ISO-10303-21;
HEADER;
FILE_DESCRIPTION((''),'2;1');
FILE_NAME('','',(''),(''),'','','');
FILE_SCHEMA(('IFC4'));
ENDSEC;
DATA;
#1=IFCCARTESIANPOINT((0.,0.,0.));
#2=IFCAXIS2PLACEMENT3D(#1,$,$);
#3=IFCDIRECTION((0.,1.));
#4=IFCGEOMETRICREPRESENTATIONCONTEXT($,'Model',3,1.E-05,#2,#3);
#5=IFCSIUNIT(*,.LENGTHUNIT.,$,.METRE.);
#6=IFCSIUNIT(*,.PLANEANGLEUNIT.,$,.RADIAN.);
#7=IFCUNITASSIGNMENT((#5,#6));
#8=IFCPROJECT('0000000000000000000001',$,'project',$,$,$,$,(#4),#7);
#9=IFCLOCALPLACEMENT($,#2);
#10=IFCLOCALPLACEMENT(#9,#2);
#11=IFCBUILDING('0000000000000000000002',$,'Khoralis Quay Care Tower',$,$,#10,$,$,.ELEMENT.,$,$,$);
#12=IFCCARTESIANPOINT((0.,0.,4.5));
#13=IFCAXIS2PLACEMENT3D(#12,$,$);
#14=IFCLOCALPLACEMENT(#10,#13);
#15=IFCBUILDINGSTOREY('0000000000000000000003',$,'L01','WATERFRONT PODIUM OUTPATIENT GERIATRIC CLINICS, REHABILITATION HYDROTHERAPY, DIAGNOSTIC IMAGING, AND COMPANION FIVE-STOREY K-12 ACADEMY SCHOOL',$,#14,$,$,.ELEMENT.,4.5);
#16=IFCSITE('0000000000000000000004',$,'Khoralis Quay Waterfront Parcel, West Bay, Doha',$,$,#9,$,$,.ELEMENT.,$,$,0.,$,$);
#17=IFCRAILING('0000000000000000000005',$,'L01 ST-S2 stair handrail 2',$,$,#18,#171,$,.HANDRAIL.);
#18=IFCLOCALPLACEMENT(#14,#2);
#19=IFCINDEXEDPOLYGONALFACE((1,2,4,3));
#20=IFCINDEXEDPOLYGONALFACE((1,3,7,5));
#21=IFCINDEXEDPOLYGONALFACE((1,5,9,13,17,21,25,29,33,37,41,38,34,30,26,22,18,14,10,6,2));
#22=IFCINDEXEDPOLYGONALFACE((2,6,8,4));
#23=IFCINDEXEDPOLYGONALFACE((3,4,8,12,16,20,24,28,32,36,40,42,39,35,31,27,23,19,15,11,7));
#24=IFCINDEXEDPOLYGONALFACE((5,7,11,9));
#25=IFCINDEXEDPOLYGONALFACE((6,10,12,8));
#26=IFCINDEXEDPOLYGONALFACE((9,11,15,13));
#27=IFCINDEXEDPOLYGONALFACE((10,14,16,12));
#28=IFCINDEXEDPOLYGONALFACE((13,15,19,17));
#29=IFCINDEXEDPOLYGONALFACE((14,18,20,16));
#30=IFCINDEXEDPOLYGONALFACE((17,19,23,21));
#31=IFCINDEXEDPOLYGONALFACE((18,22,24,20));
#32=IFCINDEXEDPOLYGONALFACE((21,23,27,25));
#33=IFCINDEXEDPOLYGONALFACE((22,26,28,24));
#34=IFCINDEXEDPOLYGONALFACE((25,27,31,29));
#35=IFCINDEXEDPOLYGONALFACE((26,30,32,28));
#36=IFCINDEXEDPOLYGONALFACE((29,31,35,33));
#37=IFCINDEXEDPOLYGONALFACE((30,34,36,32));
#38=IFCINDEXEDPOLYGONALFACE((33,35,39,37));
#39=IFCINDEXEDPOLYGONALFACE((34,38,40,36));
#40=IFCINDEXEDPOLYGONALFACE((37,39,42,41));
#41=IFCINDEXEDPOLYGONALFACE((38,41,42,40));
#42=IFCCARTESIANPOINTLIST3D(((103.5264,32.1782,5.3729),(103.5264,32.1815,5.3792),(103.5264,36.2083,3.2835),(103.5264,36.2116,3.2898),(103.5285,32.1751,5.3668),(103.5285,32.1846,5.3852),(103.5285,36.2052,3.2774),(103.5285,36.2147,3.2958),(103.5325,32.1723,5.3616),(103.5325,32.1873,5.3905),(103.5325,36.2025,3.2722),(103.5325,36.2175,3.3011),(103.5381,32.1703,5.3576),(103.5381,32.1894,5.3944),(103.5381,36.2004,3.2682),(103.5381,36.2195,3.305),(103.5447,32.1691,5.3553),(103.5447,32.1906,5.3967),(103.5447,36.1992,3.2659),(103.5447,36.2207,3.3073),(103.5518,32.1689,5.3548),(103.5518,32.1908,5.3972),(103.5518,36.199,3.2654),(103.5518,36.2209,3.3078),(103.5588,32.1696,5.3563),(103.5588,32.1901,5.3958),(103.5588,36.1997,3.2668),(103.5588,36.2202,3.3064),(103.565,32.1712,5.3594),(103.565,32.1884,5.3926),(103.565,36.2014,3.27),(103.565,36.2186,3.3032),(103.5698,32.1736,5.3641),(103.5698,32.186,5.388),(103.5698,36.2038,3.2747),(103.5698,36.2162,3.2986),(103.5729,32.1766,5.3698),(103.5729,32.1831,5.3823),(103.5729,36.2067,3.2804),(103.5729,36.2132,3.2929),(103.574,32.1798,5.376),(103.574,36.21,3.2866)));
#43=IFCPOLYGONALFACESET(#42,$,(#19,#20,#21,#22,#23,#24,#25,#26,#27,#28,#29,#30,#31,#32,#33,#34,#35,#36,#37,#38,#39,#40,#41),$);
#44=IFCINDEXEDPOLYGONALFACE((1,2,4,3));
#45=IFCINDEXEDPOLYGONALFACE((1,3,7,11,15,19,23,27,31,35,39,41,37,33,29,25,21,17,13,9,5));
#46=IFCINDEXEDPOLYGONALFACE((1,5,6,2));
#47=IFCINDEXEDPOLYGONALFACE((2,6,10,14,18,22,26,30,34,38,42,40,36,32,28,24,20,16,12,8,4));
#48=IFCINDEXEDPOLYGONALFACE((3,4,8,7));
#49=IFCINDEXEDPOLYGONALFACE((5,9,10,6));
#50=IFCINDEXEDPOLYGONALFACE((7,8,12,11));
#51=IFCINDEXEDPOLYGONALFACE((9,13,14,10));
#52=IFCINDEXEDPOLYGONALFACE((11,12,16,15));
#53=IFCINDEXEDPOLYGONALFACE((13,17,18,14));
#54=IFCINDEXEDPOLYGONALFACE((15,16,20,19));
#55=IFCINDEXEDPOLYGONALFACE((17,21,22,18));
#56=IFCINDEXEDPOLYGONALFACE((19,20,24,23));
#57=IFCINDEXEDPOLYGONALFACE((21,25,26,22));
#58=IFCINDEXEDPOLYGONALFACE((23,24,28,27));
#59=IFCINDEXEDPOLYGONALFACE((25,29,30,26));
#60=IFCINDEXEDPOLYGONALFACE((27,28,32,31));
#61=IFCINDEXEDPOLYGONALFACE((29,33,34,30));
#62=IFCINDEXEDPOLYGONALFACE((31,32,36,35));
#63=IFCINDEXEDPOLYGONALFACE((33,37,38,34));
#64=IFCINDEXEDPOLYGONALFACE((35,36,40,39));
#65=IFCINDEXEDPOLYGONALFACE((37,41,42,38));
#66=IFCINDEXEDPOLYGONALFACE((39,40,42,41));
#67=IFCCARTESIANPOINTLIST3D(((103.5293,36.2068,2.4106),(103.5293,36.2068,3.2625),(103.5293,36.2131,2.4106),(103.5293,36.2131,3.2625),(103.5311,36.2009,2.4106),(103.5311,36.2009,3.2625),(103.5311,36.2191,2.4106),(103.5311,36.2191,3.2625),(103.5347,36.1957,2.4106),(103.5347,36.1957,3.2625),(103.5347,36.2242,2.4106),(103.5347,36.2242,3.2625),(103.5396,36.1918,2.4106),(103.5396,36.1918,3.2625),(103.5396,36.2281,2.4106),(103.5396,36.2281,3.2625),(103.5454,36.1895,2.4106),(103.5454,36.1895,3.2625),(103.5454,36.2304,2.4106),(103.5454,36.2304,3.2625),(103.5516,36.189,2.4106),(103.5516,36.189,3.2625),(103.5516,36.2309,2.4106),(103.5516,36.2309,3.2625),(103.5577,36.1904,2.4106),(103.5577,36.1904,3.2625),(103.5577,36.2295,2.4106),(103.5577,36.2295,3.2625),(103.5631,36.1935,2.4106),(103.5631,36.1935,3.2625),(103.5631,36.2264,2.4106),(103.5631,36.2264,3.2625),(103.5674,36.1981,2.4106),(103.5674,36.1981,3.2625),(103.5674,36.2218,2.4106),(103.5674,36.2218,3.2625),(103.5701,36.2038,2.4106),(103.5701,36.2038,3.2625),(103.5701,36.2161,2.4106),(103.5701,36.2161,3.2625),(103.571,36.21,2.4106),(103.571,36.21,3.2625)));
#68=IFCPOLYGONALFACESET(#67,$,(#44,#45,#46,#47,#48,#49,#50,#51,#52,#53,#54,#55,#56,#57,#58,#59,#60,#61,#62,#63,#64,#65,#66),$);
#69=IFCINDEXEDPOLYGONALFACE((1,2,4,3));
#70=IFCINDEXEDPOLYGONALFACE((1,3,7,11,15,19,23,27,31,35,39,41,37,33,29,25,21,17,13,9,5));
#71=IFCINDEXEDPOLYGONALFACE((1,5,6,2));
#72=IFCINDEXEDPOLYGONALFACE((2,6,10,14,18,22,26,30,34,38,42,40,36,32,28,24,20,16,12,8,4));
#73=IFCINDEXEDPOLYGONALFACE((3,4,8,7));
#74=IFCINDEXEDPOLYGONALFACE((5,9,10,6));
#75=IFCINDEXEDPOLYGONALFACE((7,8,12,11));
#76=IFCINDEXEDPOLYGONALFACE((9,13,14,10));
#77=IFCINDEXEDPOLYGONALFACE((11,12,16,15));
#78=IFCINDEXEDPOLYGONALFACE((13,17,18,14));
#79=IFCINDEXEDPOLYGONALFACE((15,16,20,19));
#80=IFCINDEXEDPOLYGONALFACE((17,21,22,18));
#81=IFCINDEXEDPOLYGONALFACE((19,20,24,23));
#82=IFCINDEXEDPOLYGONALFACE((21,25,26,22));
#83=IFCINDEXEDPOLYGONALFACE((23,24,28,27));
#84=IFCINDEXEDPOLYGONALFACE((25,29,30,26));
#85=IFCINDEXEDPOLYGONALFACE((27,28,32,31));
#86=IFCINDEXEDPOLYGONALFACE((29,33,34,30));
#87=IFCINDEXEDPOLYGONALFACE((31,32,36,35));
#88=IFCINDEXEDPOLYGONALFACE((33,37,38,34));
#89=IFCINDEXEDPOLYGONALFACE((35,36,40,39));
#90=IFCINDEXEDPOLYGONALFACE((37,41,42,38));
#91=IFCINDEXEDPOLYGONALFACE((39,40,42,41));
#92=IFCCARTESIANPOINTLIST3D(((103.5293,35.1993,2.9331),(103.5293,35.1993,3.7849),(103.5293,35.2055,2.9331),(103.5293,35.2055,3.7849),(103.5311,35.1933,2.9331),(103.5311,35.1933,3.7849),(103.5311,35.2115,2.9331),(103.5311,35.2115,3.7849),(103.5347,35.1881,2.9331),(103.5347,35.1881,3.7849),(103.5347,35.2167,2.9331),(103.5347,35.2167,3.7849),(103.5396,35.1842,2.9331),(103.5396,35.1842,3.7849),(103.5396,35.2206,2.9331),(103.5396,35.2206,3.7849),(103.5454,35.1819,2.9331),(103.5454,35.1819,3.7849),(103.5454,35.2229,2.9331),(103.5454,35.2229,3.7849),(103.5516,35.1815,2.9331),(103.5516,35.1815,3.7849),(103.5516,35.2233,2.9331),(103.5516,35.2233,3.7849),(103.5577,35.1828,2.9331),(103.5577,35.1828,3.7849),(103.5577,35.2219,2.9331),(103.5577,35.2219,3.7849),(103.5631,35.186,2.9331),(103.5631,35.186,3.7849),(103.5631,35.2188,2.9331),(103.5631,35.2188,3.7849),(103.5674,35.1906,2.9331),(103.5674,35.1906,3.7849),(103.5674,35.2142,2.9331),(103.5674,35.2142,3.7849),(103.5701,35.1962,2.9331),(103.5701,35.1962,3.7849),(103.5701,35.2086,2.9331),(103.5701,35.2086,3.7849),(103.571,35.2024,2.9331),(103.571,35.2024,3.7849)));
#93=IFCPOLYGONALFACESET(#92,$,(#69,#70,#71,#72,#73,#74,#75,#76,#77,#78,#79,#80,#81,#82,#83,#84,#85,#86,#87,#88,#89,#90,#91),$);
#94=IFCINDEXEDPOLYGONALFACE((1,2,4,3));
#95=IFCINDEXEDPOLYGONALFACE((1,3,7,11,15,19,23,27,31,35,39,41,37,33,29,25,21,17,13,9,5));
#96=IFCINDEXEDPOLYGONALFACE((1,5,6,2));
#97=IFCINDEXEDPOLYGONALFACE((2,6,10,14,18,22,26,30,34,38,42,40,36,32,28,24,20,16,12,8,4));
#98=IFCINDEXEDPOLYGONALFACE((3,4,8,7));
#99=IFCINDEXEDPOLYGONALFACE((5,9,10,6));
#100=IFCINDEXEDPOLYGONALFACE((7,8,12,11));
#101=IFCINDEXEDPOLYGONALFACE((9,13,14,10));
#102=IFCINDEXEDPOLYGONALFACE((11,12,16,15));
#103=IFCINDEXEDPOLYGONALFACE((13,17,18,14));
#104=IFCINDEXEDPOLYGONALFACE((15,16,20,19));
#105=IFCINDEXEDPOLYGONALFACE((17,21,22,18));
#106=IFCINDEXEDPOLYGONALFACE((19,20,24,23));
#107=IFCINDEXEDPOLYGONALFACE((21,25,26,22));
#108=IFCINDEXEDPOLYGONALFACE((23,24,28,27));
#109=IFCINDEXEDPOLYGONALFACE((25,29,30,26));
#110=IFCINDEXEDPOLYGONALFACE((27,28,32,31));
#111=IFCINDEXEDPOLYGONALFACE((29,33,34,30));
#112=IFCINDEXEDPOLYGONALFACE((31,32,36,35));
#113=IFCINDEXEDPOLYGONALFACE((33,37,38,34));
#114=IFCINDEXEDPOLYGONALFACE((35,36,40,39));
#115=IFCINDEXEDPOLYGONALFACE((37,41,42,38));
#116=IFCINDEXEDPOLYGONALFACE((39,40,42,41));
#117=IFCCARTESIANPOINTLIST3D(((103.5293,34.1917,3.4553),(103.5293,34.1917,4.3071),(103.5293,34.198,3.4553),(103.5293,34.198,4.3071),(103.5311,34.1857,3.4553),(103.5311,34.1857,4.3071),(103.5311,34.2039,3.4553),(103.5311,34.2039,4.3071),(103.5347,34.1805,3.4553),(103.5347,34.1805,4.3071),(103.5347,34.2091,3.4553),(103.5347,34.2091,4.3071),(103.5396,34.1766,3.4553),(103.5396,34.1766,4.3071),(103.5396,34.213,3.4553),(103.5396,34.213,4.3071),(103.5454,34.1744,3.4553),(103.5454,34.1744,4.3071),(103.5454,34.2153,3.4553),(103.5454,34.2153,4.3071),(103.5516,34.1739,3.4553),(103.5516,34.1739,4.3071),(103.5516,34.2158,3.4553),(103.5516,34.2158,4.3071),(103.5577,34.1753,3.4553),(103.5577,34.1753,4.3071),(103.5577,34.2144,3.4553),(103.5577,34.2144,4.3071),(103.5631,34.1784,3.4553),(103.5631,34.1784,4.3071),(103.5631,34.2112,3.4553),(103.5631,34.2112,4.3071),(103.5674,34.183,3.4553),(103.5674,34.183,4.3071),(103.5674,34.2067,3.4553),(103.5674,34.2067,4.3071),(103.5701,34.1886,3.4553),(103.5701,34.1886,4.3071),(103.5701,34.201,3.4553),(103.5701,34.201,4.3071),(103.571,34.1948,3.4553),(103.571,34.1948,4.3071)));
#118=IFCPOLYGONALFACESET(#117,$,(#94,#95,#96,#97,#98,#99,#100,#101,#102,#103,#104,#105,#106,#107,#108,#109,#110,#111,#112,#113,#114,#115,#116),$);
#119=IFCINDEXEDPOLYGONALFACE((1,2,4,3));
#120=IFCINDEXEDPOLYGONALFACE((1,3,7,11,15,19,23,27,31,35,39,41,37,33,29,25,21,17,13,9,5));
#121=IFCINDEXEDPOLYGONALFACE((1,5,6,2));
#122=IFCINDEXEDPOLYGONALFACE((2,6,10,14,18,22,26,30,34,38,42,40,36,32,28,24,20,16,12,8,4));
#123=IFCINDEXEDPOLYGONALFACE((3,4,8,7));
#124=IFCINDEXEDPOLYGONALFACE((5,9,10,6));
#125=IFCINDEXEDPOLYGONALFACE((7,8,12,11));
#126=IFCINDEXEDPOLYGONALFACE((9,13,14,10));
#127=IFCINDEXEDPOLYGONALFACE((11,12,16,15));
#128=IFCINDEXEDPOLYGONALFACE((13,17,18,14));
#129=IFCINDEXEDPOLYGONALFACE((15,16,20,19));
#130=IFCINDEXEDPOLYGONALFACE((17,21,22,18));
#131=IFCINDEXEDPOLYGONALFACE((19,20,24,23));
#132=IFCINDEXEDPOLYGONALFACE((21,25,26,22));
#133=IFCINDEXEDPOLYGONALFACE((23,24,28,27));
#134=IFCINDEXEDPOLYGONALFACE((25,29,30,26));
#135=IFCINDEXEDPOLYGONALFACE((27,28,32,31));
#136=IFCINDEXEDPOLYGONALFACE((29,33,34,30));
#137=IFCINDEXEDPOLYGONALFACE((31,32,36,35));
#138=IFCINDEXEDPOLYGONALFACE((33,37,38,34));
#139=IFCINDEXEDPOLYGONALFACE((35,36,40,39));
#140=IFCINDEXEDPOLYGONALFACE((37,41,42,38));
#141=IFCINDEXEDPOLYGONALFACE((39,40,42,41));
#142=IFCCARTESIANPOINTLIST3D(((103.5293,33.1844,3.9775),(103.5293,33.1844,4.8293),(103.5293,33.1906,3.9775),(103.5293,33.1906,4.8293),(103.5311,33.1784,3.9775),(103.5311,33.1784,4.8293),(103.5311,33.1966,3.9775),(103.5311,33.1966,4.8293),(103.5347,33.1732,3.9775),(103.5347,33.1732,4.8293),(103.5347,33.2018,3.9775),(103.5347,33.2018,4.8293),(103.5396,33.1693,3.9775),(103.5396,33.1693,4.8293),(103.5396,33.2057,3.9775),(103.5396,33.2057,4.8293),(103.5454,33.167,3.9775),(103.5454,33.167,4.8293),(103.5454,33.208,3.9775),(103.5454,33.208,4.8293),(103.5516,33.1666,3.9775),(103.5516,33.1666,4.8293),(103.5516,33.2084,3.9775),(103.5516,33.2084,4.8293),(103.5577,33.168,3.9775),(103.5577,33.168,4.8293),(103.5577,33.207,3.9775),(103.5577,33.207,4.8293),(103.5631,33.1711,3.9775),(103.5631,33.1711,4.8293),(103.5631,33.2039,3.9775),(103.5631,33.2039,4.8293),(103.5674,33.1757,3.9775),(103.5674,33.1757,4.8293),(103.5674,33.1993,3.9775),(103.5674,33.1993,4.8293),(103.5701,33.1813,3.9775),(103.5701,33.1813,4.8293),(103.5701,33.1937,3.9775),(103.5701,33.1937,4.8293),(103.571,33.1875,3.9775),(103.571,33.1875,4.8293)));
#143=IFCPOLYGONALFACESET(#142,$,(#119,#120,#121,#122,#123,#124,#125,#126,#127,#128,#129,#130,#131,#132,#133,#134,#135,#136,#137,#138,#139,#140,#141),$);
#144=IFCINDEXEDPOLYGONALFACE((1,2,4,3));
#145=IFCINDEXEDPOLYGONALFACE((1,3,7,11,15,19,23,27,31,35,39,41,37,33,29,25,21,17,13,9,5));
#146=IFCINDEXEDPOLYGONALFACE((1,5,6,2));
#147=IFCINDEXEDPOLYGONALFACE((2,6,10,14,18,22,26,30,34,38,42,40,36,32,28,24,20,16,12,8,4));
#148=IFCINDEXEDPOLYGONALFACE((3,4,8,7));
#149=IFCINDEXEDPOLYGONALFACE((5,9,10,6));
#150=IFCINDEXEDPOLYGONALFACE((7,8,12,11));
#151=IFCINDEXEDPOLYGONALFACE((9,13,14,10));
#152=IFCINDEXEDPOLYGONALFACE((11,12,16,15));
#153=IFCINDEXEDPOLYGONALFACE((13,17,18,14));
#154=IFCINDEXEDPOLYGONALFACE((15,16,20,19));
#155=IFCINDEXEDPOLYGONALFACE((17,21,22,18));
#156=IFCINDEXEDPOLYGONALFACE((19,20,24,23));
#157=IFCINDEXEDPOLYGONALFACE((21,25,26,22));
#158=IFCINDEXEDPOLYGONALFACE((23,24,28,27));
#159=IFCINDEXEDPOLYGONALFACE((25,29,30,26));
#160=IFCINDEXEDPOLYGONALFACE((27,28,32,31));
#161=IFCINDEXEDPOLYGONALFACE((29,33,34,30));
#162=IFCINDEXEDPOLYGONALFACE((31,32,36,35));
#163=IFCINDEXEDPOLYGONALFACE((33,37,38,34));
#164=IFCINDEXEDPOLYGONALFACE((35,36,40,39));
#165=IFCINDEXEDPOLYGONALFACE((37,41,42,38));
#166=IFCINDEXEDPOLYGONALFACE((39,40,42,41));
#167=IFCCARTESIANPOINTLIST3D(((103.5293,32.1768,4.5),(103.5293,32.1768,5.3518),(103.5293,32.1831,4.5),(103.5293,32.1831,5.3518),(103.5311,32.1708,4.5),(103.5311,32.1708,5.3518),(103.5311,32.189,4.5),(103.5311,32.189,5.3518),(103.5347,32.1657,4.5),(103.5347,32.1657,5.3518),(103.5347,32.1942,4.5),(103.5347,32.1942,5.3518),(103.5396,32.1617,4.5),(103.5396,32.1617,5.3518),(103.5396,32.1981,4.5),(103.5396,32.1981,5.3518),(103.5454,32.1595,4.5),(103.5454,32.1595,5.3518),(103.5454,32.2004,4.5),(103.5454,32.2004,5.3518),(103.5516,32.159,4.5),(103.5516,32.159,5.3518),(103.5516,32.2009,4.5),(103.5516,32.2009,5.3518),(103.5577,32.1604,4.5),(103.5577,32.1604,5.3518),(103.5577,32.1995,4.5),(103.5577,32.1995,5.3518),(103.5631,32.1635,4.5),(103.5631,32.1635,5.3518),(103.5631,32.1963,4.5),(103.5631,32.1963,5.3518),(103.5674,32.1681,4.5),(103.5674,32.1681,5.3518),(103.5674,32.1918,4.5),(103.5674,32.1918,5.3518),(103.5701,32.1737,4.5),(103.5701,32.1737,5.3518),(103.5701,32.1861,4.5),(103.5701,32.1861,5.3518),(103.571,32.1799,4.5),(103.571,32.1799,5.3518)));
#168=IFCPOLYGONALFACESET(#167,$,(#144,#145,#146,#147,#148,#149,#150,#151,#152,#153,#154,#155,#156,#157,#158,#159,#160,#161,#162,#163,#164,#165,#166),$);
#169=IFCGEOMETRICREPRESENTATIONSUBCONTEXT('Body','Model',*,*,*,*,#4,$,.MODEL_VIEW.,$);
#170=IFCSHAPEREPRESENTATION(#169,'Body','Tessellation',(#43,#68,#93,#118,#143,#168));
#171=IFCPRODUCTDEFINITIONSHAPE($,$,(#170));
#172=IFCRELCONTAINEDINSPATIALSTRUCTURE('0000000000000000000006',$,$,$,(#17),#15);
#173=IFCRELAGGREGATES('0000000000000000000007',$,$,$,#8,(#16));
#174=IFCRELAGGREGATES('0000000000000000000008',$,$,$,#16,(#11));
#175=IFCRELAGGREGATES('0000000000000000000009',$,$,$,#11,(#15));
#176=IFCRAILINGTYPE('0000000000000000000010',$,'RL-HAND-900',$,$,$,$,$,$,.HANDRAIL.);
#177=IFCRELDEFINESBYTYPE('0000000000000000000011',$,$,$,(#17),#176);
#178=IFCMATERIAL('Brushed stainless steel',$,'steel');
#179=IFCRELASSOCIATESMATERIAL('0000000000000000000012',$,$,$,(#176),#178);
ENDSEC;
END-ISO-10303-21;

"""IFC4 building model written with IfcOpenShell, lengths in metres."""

from ifc_helpers import new_model, si_unit, direction, frame, origin, origin_2d, place, context, subcontext, project, spatial, circle, extrude, material, type_object, element, save


model = new_model("IFC4")

# Units and contexts
model_context = context("Model", 3, precision=1e-05, world=origin(), true_north=direction((0.0, 1.0)))
body_context = subcontext(model_context, "Body", "Model", "MODEL_VIEW")
ifc_project = project(units=[si_unit("LENGTHUNIT", "METRE"), si_unit("PLANEANGLEUNIT", "RADIAN")], contexts=[model_context])

# Site, building, storey
site_placement = place(None, origin())
site = spatial("IfcSite", under=ifc_project, at=site_placement, Name="Khoralis Quay Waterfront Parcel, West Bay, Doha", CompositionType="ELEMENT", RefElevation=0.0)
building_placement = place(site_placement, origin())
building = spatial("IfcBuilding", under=site, at=building_placement, Name="Khoralis Quay Care Tower", CompositionType="ELEMENT")
storey_placement = place(building_placement, frame((0.0, 0.0, 4.5)))
storey = spatial("IfcBuildingStorey", under=building, at=storey_placement, Name="L01", Description="WATERFRONT PODIUM OUTPATIENT GERIATRIC CLINICS, REHABILITATION HYDROTHERAPY, DIAGNOSTIC IMAGING, AND COMPANION FIVE-STOREY K-12 ACADEMY SCHOOL", CompositionType="ELEMENT", Elevation=4.5)

# Railing
ifc_material_1 = material(Name="Brushed stainless steel", Category="steel")
railing_type_1 = type_object("IfcRailingType", Name="RL-HAND-900", PredefinedType="HANDRAIL", material=ifc_material_1)
railing_1_placement = place(storey_placement, frame((103.55, 36.21, 2.4106)))
element("IfcRailing", 1, at=railing_1_placement, inside=storey, type_object=railing_type_1, Name="L01 ST-S2 stair handrail 2", PredefinedType="HANDRAIL", context=body_context, shape_type="SweptSolid", body=[
    extrude(circle(Radius=0.0239, at=origin_2d()), frame((0.0, 0.0, 0.876), z_axis=(0.0, -0.887781, 0.460267), x_axis=(1.0, 0.0, 0.0)), (0.0, 0.0, 1.0), 4.5396),
    extrude(circle(Radius=0.021, at=origin_2d()), origin(), (0.0, 0.0, 1.0), 0.8518),
    extrude(circle(Radius=0.021, at=origin_2d()), frame((0.0, -1.0076, 0.5225)), (0.0, 0.0, 1.0), 0.8518),
    extrude(circle(Radius=0.021, at=origin_2d()), frame((0.0, -2.0151, 1.0447)), (0.0, 0.0, 1.0), 0.8518),
    extrude(circle(Radius=0.021, at=origin_2d()), frame((0.0, -3.0225, 1.5669)), (0.0, 0.0, 1.0), 0.8518),
    extrude(circle(Radius=0.021, at=origin_2d()), frame((0.0, -4.03, 2.0894)), (0.0, 0.0, 1.0), 0.8518),
])

save(model, "model.ifc")
